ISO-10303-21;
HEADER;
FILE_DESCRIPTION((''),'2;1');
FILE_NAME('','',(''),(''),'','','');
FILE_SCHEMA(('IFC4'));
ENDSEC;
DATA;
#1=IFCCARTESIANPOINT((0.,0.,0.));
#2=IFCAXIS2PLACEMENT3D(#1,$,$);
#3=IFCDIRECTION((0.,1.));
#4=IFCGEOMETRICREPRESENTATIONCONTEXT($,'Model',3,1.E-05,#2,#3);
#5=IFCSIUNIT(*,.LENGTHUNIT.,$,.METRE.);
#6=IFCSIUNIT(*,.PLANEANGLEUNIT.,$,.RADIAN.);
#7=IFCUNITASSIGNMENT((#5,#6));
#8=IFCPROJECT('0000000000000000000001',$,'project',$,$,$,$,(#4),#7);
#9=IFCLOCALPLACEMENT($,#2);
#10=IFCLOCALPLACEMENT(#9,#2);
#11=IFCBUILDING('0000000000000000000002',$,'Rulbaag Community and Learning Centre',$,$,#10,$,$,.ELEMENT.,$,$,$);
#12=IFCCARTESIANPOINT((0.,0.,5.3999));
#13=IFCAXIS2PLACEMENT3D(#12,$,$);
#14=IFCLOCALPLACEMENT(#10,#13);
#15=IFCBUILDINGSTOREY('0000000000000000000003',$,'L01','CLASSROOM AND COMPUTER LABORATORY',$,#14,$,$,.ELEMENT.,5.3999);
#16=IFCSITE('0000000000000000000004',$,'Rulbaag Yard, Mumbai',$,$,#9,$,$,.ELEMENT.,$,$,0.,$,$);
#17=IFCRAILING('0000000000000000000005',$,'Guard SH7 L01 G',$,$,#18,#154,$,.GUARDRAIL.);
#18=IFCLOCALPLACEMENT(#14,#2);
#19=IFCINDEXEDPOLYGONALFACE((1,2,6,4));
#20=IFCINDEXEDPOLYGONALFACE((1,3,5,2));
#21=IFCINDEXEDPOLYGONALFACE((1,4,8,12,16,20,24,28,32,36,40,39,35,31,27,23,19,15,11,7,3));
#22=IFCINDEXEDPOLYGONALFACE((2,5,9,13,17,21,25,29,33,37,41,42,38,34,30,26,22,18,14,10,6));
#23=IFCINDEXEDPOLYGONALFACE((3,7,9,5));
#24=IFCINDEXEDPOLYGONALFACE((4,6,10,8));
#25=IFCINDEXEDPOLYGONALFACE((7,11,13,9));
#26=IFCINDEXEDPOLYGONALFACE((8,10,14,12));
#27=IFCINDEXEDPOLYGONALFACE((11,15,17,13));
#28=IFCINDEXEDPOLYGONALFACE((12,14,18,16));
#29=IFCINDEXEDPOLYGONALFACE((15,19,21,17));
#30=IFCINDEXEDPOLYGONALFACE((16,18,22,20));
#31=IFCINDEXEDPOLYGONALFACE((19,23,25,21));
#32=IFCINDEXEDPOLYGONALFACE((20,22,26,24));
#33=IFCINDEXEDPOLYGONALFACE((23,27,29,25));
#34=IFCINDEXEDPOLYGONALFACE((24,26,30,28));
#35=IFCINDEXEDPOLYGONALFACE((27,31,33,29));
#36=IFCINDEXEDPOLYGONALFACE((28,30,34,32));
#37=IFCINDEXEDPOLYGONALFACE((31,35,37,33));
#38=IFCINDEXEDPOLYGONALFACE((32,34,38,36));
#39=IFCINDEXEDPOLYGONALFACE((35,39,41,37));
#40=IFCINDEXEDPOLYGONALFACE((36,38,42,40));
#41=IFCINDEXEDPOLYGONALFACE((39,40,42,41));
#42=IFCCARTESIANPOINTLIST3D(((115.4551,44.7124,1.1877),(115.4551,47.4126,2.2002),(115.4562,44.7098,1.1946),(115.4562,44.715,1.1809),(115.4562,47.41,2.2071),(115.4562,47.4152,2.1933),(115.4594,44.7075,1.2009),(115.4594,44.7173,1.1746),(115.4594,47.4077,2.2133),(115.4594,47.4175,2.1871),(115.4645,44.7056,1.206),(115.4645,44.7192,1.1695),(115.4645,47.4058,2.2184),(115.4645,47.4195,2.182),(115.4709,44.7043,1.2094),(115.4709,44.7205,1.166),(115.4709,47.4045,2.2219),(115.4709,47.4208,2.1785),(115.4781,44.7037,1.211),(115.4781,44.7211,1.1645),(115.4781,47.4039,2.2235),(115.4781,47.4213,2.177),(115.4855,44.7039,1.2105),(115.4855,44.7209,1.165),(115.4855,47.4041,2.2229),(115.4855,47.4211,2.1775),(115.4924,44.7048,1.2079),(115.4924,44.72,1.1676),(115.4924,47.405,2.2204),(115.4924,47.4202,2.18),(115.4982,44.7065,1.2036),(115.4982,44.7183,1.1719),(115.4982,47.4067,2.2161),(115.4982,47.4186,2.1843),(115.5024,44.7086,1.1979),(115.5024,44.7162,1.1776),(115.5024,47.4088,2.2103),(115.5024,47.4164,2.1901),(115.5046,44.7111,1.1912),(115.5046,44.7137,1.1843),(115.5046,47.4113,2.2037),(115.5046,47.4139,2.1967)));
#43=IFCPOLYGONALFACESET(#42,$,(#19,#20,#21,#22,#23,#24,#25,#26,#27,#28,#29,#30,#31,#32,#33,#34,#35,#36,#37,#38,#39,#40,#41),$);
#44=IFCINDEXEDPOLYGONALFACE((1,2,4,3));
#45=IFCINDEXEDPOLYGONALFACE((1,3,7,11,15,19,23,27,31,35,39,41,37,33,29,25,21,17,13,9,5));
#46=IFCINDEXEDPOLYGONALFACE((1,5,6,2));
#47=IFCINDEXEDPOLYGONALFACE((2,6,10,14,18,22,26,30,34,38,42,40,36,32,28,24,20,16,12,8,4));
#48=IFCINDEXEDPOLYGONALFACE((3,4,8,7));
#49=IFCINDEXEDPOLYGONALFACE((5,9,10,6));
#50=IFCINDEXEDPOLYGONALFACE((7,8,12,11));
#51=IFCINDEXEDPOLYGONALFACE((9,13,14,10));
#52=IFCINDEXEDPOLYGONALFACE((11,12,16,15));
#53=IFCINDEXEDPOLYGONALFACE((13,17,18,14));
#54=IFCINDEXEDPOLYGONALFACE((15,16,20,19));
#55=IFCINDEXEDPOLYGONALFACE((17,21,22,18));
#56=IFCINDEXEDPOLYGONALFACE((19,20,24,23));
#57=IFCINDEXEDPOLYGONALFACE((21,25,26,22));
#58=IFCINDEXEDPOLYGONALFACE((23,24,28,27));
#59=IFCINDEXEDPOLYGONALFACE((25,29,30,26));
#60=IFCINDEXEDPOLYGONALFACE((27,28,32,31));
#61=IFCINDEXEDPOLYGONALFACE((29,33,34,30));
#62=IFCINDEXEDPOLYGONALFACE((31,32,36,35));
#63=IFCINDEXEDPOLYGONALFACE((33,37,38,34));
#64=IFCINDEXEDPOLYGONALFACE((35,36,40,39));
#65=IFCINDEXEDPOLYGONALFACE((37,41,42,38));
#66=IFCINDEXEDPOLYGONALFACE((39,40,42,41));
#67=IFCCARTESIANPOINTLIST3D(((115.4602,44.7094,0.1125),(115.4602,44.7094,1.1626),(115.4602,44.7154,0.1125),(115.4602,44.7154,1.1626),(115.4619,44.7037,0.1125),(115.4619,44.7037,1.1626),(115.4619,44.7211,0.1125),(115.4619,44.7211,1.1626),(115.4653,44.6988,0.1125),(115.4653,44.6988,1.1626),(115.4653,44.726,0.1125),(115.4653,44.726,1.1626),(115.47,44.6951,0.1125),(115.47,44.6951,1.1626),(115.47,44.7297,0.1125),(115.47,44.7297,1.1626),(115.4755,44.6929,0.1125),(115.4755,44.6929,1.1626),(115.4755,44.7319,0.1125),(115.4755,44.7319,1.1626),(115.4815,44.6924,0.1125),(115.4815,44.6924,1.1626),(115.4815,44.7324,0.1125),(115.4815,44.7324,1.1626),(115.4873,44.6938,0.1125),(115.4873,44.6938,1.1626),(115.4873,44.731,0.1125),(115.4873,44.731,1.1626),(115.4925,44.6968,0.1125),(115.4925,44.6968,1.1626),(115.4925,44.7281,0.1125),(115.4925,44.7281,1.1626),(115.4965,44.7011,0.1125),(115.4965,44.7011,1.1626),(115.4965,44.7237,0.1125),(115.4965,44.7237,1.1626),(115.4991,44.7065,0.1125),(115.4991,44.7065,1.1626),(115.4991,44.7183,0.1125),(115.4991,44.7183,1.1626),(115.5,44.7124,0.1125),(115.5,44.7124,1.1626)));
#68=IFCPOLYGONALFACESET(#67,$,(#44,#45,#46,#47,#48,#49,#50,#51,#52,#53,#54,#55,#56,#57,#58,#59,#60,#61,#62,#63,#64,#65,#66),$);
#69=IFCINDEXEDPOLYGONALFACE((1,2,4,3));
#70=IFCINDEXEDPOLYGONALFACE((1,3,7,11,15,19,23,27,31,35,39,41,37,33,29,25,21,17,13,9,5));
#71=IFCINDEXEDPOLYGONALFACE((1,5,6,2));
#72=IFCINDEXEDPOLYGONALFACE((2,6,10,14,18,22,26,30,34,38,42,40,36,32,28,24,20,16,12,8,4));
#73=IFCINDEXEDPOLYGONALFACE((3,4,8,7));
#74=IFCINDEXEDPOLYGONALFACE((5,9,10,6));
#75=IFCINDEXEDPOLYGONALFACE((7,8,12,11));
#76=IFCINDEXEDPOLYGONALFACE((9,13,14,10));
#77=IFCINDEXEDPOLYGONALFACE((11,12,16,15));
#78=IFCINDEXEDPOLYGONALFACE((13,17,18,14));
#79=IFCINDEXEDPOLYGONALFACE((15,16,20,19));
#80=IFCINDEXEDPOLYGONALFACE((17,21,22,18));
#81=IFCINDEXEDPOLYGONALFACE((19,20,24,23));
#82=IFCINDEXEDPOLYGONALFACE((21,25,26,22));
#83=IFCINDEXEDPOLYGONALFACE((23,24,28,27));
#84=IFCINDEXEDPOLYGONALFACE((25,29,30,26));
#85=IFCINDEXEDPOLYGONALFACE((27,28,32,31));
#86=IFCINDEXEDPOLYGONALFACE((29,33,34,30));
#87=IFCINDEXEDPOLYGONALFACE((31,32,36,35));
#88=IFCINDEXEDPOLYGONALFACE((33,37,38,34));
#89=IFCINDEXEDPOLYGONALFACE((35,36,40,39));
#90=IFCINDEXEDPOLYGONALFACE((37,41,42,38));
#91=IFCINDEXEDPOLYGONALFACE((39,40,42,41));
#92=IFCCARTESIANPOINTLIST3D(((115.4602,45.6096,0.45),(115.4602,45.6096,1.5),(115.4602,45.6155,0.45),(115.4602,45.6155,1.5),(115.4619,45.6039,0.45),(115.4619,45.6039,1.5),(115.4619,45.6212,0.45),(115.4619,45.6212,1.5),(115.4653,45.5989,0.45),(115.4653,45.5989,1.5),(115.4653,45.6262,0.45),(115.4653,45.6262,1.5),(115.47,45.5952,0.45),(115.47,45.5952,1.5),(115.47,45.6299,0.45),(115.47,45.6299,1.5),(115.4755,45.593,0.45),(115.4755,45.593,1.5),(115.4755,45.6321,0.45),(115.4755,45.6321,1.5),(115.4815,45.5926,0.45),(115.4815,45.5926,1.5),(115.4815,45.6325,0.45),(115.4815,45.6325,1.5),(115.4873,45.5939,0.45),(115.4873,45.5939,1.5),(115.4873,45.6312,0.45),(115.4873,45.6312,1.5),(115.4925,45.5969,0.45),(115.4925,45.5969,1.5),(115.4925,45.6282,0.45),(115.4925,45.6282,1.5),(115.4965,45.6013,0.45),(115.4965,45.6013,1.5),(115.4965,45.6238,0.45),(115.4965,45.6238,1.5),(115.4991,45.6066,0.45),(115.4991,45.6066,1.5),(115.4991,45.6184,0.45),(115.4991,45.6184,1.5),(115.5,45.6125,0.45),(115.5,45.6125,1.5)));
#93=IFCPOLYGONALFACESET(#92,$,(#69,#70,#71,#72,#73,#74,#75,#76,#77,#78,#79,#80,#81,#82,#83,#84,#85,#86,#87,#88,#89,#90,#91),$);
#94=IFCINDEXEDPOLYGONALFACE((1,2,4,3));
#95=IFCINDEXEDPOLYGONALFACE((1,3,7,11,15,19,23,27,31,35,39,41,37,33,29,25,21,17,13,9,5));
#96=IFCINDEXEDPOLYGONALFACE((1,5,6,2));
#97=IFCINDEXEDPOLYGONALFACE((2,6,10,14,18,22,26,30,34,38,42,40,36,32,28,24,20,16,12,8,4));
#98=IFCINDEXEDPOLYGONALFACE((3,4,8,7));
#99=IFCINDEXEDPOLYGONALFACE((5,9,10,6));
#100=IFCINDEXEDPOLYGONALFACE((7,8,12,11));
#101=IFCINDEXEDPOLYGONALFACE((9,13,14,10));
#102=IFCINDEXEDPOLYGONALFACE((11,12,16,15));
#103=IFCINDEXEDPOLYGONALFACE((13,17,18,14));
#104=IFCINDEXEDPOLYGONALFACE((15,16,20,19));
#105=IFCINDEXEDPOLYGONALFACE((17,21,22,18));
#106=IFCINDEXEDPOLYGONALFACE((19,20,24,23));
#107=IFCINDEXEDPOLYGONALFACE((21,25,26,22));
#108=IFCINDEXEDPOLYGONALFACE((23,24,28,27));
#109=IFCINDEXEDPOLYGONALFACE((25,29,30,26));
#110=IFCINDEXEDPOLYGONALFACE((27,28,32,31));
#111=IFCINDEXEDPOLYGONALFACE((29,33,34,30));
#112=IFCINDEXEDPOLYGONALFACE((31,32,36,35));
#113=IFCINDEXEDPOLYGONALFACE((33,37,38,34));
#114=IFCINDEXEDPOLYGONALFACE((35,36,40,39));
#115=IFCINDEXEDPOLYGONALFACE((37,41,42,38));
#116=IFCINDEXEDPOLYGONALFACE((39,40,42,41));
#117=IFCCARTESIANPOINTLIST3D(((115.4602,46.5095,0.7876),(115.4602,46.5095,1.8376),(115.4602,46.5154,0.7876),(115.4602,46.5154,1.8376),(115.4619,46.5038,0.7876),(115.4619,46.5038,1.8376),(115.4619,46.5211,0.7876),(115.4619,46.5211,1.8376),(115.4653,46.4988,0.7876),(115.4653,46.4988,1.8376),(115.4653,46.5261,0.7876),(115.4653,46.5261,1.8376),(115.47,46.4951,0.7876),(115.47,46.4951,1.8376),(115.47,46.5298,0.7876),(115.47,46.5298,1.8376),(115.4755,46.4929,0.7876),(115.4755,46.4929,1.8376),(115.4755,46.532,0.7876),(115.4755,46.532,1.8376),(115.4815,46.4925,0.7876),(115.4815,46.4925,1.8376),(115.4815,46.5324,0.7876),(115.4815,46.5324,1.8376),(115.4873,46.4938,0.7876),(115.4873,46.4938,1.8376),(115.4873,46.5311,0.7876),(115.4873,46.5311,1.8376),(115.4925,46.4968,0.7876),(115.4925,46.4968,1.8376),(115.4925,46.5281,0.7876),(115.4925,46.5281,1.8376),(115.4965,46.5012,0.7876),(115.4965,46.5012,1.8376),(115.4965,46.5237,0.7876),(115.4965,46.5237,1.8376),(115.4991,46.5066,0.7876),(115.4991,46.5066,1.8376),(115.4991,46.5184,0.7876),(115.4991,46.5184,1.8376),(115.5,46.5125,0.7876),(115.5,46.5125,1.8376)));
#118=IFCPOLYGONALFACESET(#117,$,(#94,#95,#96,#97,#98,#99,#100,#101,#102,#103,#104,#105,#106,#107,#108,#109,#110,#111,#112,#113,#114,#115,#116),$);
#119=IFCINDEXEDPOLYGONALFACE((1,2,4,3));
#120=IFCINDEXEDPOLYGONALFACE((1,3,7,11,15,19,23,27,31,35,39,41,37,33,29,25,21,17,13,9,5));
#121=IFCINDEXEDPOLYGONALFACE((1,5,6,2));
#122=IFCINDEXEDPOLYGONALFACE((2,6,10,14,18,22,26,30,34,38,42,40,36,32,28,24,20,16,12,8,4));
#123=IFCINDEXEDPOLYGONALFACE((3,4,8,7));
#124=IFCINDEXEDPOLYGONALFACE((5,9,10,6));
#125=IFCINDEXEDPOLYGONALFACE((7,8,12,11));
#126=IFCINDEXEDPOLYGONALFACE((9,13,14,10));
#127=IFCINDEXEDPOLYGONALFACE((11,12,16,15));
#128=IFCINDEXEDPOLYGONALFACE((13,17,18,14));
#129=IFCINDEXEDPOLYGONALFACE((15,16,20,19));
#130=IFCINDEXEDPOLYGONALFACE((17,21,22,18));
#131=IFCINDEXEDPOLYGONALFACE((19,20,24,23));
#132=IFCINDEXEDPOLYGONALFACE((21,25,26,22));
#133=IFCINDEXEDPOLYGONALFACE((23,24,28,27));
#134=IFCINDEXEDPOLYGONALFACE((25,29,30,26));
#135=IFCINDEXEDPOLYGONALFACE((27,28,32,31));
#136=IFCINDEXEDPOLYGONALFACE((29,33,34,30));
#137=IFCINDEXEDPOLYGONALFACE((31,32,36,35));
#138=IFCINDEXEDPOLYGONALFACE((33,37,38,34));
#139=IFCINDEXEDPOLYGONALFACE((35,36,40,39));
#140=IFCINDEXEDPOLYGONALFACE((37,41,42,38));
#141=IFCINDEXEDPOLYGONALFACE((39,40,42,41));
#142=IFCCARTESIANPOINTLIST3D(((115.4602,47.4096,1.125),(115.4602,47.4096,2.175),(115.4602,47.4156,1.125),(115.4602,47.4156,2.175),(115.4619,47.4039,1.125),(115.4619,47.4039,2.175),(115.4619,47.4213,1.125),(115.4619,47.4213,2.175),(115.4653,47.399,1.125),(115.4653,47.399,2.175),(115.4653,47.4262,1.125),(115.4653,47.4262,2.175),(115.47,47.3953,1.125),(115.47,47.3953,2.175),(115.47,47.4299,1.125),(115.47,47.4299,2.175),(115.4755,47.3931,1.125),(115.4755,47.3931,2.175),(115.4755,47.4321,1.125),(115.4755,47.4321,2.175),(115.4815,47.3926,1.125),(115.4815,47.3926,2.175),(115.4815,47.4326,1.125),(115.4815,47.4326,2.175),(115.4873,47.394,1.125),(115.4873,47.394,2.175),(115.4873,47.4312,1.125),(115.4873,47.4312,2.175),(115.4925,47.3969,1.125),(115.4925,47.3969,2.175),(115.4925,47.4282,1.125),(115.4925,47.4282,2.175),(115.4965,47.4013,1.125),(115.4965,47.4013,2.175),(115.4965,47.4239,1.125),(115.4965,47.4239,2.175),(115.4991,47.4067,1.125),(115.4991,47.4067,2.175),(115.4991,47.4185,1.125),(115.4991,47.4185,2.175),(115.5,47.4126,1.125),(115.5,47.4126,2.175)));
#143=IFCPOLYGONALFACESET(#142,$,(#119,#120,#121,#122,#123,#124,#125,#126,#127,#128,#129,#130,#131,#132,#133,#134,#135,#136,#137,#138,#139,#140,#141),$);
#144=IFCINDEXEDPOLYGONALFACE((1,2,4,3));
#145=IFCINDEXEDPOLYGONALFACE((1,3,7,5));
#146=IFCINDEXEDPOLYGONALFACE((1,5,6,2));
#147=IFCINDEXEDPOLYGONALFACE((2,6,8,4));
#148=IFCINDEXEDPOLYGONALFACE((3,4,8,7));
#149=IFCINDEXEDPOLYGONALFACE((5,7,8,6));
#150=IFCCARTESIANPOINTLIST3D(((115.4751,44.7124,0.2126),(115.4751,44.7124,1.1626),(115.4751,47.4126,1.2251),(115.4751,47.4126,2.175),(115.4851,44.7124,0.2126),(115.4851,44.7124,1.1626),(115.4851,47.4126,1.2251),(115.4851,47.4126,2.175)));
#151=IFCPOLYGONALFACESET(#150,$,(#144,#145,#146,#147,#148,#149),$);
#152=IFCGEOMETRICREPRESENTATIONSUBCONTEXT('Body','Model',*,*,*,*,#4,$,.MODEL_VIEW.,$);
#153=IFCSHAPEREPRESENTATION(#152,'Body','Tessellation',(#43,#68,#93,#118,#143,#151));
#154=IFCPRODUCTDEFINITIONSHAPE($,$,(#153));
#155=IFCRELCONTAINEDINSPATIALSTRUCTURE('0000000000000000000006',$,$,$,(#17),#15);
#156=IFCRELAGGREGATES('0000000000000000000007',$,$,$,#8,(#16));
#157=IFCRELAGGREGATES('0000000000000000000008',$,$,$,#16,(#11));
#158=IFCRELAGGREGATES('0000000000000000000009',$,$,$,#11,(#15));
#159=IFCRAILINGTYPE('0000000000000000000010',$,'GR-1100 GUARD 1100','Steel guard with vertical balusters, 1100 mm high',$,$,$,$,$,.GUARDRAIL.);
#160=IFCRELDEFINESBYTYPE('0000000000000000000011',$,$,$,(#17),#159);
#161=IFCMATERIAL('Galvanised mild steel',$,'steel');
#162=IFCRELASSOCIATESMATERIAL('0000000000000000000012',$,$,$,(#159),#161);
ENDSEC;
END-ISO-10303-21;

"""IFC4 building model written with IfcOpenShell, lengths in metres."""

from ifc_helpers import new_model, si_unit, direction, frame, origin, origin_2d, place, context, subcontext, project, spatial, polyline, circle, outline, extrude, material, type_object, element, save


model = new_model("IFC4")

# Units and contexts
model_context = context("Model", 3, precision=1e-05, world=origin(), true_north=direction((0.0, 1.0)))
body_context = subcontext(model_context, "Body", "Model", "MODEL_VIEW")
ifc_project = project(units=[si_unit("LENGTHUNIT", "METRE"), si_unit("PLANEANGLEUNIT", "RADIAN")], contexts=[model_context])

# Site, building, storey
site_placement = place(None, origin())
site = spatial("IfcSite", under=ifc_project, at=site_placement, Name="Rulbaag Yard, Mumbai", CompositionType="ELEMENT", RefElevation=0.0)
building_placement = place(site_placement, origin())
building = spatial("IfcBuilding", under=site, at=building_placement, Name="Rulbaag Community and Learning Centre", CompositionType="ELEMENT")
storey_placement = place(building_placement, frame((0.0, 0.0, 5.3999)))
storey = spatial("IfcBuildingStorey", under=building, at=storey_placement, Name="L01", Description="CLASSROOM AND COMPUTER LABORATORY", CompositionType="ELEMENT", Elevation=5.3999)

# Railing
ifc_material_1 = material(Name="Galvanised mild steel", Category="steel")
railing_type_1 = type_object("IfcRailingType", Name="GR-1100 GUARD 1100", Description="Steel guard with vertical balusters, 1100 mm high", PredefinedType="GUARDRAIL", material=ifc_material_1)
for number, where, name in (
    (1, (115.48, 44.7124, 0.1125), "Guard SH7 L01 G"),
):
    element("IfcRailing", number, at=place(storey_placement, frame(where)), inside=storey, type_object=railing_type_1, Name=name, PredefinedType="GUARDRAIL", context=body_context, shape_type="SweptSolid", body=[
        extrude(circle(Radius=0.0249, at=origin_2d()), frame((0.0, 0.0, 1.0752), z_axis=(0.0, 0.936343, 0.351086), x_axis=(-1.0, 0.0, 0.0)), (0.0, 0.0, 1.0), 2.8838),
        extrude(circle(Radius=0.02, at=origin_2d()), origin(), (0.0, 0.0, 1.0), 1.05),
        extrude(circle(Radius=0.02, at=origin_2d()), frame((0.0, 0.9001, 0.3374)), (0.0, 0.0, 1.0), 1.05),
        extrude(circle(Radius=0.02, at=origin_2d()), frame((0.0, 1.8, 0.675)), (0.0, 0.0, 1.0), 1.05),
        extrude(circle(Radius=0.02, at=origin_2d()), frame((0.0, 2.7002, 1.0125)), (0.0, 0.0, 1.0), 1.05),
        extrude(outline(polyline([(0.0, 0.0), (2.7002, 1.0125), (2.7002, 1.9624), (0.0, 0.95), (0.0, 0.0)])), frame((-0.0049, 0.0, 0.1001), z_axis=(1.0, 0.0, 0.0), x_axis=(0.0, 1.0, 0.0)), (0.0, 0.0, 1.0), 0.01),
    ])

save(model, "model.ifc")
